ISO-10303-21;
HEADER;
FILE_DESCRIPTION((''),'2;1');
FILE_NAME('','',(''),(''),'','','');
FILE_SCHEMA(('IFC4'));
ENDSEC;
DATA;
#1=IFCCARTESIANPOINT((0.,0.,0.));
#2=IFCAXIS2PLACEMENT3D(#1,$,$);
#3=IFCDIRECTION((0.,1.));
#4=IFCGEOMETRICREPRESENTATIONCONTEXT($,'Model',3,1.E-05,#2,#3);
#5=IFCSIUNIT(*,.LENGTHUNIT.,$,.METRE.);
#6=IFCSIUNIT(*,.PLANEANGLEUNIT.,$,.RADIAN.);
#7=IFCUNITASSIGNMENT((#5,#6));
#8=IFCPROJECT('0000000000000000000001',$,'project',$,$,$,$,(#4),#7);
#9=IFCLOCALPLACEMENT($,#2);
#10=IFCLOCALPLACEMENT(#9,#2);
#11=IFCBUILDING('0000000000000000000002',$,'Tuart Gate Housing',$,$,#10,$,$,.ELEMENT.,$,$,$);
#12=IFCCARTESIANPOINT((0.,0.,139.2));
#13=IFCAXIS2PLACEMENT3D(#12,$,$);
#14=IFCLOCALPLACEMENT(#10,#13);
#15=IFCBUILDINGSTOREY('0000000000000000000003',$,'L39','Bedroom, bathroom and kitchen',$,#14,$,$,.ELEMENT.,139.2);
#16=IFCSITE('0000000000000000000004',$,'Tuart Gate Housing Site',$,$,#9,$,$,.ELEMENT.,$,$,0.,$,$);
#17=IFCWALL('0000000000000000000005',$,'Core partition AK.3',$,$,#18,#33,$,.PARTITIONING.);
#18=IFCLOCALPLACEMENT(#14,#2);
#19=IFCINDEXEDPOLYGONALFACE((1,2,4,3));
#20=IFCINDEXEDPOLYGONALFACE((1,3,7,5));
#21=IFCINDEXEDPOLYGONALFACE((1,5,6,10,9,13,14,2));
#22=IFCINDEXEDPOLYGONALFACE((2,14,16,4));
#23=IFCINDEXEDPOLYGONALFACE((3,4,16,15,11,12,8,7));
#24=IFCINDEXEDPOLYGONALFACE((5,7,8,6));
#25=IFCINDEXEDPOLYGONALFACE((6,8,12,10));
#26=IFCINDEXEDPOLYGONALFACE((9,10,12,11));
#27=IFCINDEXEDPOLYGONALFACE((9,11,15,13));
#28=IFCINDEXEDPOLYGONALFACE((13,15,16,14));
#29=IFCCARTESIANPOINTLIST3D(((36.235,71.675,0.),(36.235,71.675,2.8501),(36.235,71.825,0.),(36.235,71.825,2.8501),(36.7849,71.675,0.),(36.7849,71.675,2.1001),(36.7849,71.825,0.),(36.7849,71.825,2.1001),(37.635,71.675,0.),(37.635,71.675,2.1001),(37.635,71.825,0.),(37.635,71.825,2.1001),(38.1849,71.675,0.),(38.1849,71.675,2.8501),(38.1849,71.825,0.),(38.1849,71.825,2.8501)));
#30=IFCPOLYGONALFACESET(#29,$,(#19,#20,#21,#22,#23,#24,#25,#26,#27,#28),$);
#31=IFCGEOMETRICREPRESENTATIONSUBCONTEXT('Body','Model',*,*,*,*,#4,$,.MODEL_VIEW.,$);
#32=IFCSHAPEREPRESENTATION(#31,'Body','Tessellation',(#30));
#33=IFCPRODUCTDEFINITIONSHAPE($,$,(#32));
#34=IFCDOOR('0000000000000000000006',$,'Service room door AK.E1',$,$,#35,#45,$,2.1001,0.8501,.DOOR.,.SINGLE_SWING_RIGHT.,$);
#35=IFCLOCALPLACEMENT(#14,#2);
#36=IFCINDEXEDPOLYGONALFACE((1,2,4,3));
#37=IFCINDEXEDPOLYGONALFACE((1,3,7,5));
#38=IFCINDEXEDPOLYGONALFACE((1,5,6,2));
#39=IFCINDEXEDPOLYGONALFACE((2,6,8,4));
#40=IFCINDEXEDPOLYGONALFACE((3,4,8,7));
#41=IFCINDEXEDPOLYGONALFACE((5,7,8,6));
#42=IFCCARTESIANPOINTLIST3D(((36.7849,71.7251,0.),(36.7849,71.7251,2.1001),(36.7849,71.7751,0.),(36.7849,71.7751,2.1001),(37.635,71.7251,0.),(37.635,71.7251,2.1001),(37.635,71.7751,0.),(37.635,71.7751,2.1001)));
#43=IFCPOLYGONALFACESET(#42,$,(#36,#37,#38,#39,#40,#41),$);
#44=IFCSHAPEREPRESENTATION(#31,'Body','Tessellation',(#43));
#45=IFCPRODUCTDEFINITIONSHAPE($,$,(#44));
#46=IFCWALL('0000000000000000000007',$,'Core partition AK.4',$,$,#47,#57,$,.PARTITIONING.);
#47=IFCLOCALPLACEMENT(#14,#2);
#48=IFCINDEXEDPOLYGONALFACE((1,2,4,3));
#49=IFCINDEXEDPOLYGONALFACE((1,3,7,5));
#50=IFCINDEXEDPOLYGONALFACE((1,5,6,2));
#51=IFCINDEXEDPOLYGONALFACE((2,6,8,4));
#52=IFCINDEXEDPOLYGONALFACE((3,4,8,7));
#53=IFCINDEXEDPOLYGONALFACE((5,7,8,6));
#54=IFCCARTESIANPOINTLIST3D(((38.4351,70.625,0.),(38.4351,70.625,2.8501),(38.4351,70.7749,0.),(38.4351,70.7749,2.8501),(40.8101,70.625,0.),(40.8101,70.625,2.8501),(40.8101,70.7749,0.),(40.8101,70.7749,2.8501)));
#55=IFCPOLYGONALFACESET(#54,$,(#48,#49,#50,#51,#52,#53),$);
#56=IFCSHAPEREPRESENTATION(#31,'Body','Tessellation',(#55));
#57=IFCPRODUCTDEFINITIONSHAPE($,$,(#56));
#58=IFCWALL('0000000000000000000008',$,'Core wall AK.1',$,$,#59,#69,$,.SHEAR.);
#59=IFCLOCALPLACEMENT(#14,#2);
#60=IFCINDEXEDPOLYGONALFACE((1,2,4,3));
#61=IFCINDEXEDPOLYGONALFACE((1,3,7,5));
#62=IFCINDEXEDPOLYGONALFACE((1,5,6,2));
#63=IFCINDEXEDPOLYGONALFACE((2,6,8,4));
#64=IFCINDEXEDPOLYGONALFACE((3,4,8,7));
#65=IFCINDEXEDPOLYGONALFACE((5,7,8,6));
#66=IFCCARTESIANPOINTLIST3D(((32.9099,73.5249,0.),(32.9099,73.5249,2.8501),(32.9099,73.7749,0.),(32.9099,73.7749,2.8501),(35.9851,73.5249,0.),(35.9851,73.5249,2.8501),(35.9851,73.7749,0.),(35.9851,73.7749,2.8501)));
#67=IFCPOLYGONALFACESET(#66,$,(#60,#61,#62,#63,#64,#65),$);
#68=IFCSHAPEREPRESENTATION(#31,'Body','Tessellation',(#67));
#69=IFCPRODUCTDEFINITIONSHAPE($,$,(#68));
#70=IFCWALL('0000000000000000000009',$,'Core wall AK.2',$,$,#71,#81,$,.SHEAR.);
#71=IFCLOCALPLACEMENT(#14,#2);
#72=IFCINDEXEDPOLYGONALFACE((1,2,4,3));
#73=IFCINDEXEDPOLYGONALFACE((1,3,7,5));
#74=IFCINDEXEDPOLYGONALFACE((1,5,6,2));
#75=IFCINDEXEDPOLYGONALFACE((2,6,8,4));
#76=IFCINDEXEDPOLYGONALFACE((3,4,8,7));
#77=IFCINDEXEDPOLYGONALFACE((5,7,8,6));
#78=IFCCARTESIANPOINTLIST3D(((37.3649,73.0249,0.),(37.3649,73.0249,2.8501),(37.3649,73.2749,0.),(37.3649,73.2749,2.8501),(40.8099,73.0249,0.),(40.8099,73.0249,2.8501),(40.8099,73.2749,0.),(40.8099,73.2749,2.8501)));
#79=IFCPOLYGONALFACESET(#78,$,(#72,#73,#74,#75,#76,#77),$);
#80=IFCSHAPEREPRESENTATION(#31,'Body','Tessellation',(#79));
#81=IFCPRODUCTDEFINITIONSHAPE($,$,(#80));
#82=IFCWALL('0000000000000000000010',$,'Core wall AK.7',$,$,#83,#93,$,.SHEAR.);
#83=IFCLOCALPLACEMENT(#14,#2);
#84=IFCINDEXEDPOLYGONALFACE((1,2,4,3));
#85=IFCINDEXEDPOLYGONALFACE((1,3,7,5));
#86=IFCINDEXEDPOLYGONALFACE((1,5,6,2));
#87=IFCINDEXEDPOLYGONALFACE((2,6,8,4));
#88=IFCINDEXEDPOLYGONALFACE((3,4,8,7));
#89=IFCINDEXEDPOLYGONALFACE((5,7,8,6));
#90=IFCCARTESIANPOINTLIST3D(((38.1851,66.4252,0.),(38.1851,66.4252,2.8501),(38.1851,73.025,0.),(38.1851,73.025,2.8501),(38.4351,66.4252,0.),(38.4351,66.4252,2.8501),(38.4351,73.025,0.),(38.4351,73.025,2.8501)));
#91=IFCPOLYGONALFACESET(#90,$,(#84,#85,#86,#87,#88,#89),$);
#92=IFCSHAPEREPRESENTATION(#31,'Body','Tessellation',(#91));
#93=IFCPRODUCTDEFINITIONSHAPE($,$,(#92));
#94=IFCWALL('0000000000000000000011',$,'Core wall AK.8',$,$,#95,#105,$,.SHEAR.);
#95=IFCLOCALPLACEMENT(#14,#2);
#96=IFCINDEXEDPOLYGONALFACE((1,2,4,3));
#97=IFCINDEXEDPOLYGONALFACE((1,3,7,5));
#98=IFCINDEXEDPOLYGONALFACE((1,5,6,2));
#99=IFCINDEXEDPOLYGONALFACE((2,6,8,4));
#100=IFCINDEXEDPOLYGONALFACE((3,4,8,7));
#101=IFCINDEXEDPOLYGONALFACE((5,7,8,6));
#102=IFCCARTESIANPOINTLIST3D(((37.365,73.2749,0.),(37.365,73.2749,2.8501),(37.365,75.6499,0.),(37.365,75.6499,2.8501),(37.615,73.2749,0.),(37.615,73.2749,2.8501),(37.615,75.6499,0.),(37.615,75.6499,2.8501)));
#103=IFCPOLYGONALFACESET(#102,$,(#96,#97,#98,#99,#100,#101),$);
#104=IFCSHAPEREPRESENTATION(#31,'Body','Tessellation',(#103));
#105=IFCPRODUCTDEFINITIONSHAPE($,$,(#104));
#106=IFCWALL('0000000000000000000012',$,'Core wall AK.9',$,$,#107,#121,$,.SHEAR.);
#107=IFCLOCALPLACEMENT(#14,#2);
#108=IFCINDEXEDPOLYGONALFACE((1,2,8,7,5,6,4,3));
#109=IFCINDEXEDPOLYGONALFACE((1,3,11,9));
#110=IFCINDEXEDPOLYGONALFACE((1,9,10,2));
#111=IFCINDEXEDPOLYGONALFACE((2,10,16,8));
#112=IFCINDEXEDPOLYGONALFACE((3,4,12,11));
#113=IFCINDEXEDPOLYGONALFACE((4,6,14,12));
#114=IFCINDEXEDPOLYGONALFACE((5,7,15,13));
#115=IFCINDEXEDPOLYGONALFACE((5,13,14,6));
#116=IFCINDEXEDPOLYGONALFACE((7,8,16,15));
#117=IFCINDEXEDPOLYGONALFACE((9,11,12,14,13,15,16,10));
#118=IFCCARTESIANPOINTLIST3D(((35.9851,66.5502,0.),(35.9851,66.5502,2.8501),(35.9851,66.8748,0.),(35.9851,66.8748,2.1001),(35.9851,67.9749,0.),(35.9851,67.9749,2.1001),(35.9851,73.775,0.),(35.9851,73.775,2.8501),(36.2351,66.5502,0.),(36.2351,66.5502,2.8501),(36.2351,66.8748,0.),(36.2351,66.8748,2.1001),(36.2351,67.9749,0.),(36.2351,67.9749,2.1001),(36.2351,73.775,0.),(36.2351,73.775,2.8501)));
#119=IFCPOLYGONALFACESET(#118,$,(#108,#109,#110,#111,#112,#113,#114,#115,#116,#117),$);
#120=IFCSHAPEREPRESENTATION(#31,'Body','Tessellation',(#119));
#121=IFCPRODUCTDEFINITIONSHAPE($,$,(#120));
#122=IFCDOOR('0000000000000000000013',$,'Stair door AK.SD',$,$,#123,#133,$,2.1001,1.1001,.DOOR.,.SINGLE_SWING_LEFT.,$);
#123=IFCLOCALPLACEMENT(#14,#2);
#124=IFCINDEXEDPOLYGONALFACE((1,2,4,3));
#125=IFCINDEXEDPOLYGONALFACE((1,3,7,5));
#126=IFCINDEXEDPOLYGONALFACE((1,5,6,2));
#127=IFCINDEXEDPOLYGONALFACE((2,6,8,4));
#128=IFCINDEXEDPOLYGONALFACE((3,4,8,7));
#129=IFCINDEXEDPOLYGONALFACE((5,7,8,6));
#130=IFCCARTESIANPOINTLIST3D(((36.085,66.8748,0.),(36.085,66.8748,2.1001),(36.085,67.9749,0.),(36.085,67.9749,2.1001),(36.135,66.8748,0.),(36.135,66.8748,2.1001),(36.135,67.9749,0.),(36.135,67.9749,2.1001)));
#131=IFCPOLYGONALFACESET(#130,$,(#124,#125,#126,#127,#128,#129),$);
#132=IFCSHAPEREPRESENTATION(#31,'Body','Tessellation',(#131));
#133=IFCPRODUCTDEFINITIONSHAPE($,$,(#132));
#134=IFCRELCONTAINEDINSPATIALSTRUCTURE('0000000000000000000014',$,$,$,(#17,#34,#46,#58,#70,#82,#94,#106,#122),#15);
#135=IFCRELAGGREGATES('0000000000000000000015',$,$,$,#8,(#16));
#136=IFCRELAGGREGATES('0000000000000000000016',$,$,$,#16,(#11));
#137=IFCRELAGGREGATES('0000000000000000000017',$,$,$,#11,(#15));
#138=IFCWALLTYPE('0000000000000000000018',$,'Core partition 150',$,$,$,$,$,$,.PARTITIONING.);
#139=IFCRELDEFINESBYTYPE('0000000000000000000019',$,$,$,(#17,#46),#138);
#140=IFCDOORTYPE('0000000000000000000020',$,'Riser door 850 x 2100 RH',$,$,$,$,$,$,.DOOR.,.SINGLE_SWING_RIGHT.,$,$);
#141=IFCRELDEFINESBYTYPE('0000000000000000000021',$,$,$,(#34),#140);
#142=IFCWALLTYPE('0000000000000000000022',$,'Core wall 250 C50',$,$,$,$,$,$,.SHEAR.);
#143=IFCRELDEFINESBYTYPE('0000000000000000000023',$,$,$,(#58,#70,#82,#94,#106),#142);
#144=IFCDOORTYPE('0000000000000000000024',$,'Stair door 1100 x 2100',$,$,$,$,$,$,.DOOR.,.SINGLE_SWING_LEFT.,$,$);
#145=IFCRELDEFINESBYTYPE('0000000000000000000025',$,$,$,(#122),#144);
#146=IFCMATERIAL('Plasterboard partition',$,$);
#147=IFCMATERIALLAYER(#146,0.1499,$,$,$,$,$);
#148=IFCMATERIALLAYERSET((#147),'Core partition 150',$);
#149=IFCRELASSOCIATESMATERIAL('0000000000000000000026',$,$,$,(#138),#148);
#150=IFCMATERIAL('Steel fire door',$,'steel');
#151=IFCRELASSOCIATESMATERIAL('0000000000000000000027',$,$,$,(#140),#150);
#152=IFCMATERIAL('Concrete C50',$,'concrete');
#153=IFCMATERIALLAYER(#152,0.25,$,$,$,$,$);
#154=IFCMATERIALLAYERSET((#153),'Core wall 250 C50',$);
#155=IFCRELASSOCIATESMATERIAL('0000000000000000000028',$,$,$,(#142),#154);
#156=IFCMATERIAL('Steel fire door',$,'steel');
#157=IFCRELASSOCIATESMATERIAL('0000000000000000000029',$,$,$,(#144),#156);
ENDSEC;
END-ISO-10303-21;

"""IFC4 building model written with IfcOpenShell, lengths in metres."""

from ifc_helpers import new_model, si_unit, direction, frame, frame_2d, origin, place, context, subcontext, project, spatial, rectangle, extrude, material, layer, layer_set, type_object, element, fill, save


model = new_model("IFC4")

# Units and contexts
model_context = context("Model", 3, precision=1e-05, world=origin(), true_north=direction((0.0, 1.0)))
body_context = subcontext(model_context, "Body", "Model", "MODEL_VIEW")
ifc_project = project(units=[si_unit("LENGTHUNIT", "METRE"), si_unit("PLANEANGLEUNIT", "RADIAN")], contexts=[model_context])

# Site, building, storey
site_placement = place(None, origin())
site = spatial("IfcSite", under=ifc_project, at=site_placement, Name="Tuart Gate Housing Site", CompositionType="ELEMENT", RefElevation=0.0)
building_placement = place(site_placement, origin())
building = spatial("IfcBuilding", under=site, at=building_placement, Name="Tuart Gate Housing", CompositionType="ELEMENT")
storey_placement = place(building_placement, frame((0.0, 0.0, 139.2)))
storey = spatial("IfcBuildingStorey", under=building, at=storey_placement, Name="L39", Description="Bedroom, bathroom and kitchen", CompositionType="ELEMENT", Elevation=139.2)

# Wall, opening, door
ifc_material_1 = material(Name="Plasterboard partition")
ifc_layer_1 = layer(ifc_material_1, 0.1499)
ifc_layer_set_1 = layer_set([ifc_layer_1], Name="Core partition 150")
wall_type_1 = type_object("IfcWallType", Name="Core partition 150", PredefinedType="PARTITIONING", material=ifc_layer_set_1)
wall_1_placement = place(storey_placement, frame((38.1851, 71.75, 0.0), z_axis=(0.0, 0.0, 1.0), x_axis=(-1.0, 0.0, 0.0)))
wall_1 = element("IfcWall", 1, at=wall_1_placement, inside=storey, type_object=wall_type_1, Name="Core partition AK.3", PredefinedType="PARTITIONING", context=body_context, shape_type="SweptSolid", body=[
    extrude(rectangle(XDim=1.95, YDim=0.1499, at=frame_2d((0.9751, 0.0))), origin(), (0.0, 0.0, 1.0), 2.8501),
])
opening_1_placement = place(wall_1_placement, frame((0.55, 0.0, 0.0)))
opening_1 = element("IfcOpeningElement", 2, at=opening_1_placement, cuts=wall_1, PredefinedType="OPENING", context=body_context, shape_type="SweptSolid", body=[
    extrude(rectangle(XDim=0.8501, YDim=2.1001, at=frame_2d((0.425, 1.05))), frame((0.0, 0.085, 0.0), z_axis=(0.0, -1.0, 0.0), x_axis=(1.0, 0.0, 0.0)), (0.0, 0.0, 1.0), 0.1699),
])
ifc_material_2 = material(Name="Steel fire door", Category="steel")
door_type_1 = type_object("IfcDoorType", Name="Riser door 850 x 2100 RH", OperationType="SINGLE_SWING_RIGHT", PredefinedType="DOOR", material=ifc_material_2)
door_1_placement = place(opening_1_placement, frame((0.8501, 0.0, 0.0), z_axis=(0.0, 0.0, 1.0), x_axis=(-1.0, 0.0, 0.0)))
door_1 = element("IfcDoor", 3, at=door_1_placement, inside=storey, type_object=door_type_1, Name="Service room door AK.E1", OperationType="SINGLE_SWING_RIGHT", OverallHeight=2.1001, OverallWidth=0.8501, PredefinedType="DOOR", context=body_context, shape_type="SweptSolid", body=[
    extrude(rectangle(XDim=0.8501, YDim=2.1001, at=frame_2d((0.425, 1.05))), frame((0.0, 0.0251, 0.0), z_axis=(0.0, -1.0, 0.0), x_axis=(1.0, 0.0, 0.0)), (0.0, 0.0, 1.0), 0.05),
])
fill(opening_1, door_1)

# Walls
wall_2_placement = place(storey_placement, frame((40.8101, 70.7, 0.0), z_axis=(0.0, 0.0, 1.0), x_axis=(-1.0, 0.0, 0.0)))
element("IfcWall", 4, at=wall_2_placement, inside=storey, type_object=wall_type_1, Name="Core partition AK.4", PredefinedType="PARTITIONING", context=body_context, shape_type="SweptSolid", body=[
    extrude(rectangle(XDim=2.375, YDim=0.1499, at=frame_2d((1.1875, 0.0))), origin(), (0.0, 0.0, 1.0), 2.8501),
])
ifc_material_3 = material(Name="Concrete C50", Category="concrete")
ifc_layer_2 = layer(ifc_material_3, 0.25)
ifc_layer_set_2 = layer_set([ifc_layer_2], Name="Core wall 250 C50")
wall_type_2 = type_object("IfcWallType", Name="Core wall 250 C50", PredefinedType="SHEAR", material=ifc_layer_set_2)
wall_3_placement = place(storey_placement, frame((35.9851, 73.6499, 0.0), z_axis=(0.0, 0.0, 1.0), x_axis=(-1.0, 0.0, 0.0)))
element("IfcWall", 5, at=wall_3_placement, inside=storey, type_object=wall_type_2, Name="Core wall AK.1", PredefinedType="SHEAR", context=body_context, shape_type="SweptSolid", body=[
    extrude(rectangle(XDim=3.0752, YDim=0.25, at=frame_2d((1.5376, 0.0))), origin(), (0.0, 0.0, 1.0), 2.8501),
])
wall_4_placement = place(storey_placement, frame((40.8101, 73.1499, 0.0), z_axis=(0.0, 0.0, 1.0), x_axis=(-1.0, 0.0, 0.0)))
element("IfcWall", 6, at=wall_4_placement, inside=storey, type_object=wall_type_2, Name="Core wall AK.2", PredefinedType="SHEAR", context=body_context, shape_type="SweptSolid", body=[
    extrude(rectangle(XDim=3.4451, YDim=0.25, at=frame_2d((1.7227, 0.0))), origin(), (0.0, 0.0, 1.0), 2.8501),
])
wall_5_placement = place(storey_placement, frame((38.3101, 73.0249, 0.0), z_axis=(0.0, 0.0, 1.0), x_axis=(0.0, -1.0, 0.0)))
element("IfcWall", 7, at=wall_5_placement, inside=storey, type_object=wall_type_2, Name="Core wall AK.7", PredefinedType="SHEAR", context=body_context, shape_type="SweptSolid", body=[
    extrude(rectangle(XDim=6.5999, YDim=0.25, at=frame_2d((3.2998, 0.0))), origin(), (0.0, 0.0, 1.0), 2.8501),
])
wall_6_placement = place(storey_placement, frame((37.49, 75.6499, 0.0), z_axis=(0.0, 0.0, 1.0), x_axis=(0.0, -1.0, 0.0)))
element("IfcWall", 8, at=wall_6_placement, inside=storey, type_object=wall_type_2, Name="Core wall AK.8", PredefinedType="SHEAR", context=body_context, shape_type="SweptSolid", body=[
    extrude(rectangle(XDim=2.375, YDim=0.25, at=frame_2d((1.1875, 0.0))), origin(), (0.0, 0.0, 1.0), 2.8501),
])

# Wall, opening, door
wall_7_placement = place(storey_placement, frame((36.1101, 73.7749, 0.0), z_axis=(0.0, 0.0, 1.0), x_axis=(0.0, -1.0, 0.0)))
wall_7 = element("IfcWall", 9, at=wall_7_placement, inside=storey, type_object=wall_type_2, Name="Core wall AK.9", PredefinedType="SHEAR", context=body_context, shape_type="SweptSolid", body=[
    extrude(rectangle(XDim=7.2249, YDim=0.25, at=frame_2d((3.6123, 0.0))), origin(), (0.0, 0.0, 1.0), 2.8501),
])
opening_2_placement = place(wall_7_placement, frame((5.8, 0.0, 0.0)))
opening_2 = element("IfcOpeningElement", 10, at=opening_2_placement, cuts=wall_7, PredefinedType="OPENING", context=body_context, shape_type="SweptSolid", body=[
    extrude(rectangle(XDim=1.1001, YDim=2.1001, at=frame_2d((0.55, 1.05))), frame((0.0, 0.135, 0.0), z_axis=(0.0, -1.0, 0.0), x_axis=(1.0, 0.0, 0.0)), (0.0, 0.0, 1.0), 0.27),
])
ifc_material_4 = material(Name="Steel fire door", Category="steel")
door_type_2 = type_object("IfcDoorType", Name="Stair door 1100 x 2100", OperationType="SINGLE_SWING_LEFT", PredefinedType="DOOR", material=ifc_material_4)
door_2_placement = place(opening_2_placement, frame((1.1001, 0.0, 0.0), z_axis=(0.0, 0.0, 1.0), x_axis=(-1.0, 0.0, 0.0)))
door_2 = element("IfcDoor", 11, at=door_2_placement, inside=storey, type_object=door_type_2, Name="Stair door AK.SD", OperationType="SINGLE_SWING_LEFT", OverallHeight=2.1001, OverallWidth=1.1001, PredefinedType="DOOR", context=body_context, shape_type="SweptSolid", body=[
    extrude(rectangle(XDim=1.1001, YDim=2.1001, at=frame_2d((0.55, 1.05))), frame((0.0, 0.0251, 0.0), z_axis=(0.0, -1.0, 0.0), x_axis=(1.0, 0.0, 0.0)), (0.0, 0.0, 1.0), 0.05),
])
fill(opening_2, door_2)

save(model, "model.ifc")
